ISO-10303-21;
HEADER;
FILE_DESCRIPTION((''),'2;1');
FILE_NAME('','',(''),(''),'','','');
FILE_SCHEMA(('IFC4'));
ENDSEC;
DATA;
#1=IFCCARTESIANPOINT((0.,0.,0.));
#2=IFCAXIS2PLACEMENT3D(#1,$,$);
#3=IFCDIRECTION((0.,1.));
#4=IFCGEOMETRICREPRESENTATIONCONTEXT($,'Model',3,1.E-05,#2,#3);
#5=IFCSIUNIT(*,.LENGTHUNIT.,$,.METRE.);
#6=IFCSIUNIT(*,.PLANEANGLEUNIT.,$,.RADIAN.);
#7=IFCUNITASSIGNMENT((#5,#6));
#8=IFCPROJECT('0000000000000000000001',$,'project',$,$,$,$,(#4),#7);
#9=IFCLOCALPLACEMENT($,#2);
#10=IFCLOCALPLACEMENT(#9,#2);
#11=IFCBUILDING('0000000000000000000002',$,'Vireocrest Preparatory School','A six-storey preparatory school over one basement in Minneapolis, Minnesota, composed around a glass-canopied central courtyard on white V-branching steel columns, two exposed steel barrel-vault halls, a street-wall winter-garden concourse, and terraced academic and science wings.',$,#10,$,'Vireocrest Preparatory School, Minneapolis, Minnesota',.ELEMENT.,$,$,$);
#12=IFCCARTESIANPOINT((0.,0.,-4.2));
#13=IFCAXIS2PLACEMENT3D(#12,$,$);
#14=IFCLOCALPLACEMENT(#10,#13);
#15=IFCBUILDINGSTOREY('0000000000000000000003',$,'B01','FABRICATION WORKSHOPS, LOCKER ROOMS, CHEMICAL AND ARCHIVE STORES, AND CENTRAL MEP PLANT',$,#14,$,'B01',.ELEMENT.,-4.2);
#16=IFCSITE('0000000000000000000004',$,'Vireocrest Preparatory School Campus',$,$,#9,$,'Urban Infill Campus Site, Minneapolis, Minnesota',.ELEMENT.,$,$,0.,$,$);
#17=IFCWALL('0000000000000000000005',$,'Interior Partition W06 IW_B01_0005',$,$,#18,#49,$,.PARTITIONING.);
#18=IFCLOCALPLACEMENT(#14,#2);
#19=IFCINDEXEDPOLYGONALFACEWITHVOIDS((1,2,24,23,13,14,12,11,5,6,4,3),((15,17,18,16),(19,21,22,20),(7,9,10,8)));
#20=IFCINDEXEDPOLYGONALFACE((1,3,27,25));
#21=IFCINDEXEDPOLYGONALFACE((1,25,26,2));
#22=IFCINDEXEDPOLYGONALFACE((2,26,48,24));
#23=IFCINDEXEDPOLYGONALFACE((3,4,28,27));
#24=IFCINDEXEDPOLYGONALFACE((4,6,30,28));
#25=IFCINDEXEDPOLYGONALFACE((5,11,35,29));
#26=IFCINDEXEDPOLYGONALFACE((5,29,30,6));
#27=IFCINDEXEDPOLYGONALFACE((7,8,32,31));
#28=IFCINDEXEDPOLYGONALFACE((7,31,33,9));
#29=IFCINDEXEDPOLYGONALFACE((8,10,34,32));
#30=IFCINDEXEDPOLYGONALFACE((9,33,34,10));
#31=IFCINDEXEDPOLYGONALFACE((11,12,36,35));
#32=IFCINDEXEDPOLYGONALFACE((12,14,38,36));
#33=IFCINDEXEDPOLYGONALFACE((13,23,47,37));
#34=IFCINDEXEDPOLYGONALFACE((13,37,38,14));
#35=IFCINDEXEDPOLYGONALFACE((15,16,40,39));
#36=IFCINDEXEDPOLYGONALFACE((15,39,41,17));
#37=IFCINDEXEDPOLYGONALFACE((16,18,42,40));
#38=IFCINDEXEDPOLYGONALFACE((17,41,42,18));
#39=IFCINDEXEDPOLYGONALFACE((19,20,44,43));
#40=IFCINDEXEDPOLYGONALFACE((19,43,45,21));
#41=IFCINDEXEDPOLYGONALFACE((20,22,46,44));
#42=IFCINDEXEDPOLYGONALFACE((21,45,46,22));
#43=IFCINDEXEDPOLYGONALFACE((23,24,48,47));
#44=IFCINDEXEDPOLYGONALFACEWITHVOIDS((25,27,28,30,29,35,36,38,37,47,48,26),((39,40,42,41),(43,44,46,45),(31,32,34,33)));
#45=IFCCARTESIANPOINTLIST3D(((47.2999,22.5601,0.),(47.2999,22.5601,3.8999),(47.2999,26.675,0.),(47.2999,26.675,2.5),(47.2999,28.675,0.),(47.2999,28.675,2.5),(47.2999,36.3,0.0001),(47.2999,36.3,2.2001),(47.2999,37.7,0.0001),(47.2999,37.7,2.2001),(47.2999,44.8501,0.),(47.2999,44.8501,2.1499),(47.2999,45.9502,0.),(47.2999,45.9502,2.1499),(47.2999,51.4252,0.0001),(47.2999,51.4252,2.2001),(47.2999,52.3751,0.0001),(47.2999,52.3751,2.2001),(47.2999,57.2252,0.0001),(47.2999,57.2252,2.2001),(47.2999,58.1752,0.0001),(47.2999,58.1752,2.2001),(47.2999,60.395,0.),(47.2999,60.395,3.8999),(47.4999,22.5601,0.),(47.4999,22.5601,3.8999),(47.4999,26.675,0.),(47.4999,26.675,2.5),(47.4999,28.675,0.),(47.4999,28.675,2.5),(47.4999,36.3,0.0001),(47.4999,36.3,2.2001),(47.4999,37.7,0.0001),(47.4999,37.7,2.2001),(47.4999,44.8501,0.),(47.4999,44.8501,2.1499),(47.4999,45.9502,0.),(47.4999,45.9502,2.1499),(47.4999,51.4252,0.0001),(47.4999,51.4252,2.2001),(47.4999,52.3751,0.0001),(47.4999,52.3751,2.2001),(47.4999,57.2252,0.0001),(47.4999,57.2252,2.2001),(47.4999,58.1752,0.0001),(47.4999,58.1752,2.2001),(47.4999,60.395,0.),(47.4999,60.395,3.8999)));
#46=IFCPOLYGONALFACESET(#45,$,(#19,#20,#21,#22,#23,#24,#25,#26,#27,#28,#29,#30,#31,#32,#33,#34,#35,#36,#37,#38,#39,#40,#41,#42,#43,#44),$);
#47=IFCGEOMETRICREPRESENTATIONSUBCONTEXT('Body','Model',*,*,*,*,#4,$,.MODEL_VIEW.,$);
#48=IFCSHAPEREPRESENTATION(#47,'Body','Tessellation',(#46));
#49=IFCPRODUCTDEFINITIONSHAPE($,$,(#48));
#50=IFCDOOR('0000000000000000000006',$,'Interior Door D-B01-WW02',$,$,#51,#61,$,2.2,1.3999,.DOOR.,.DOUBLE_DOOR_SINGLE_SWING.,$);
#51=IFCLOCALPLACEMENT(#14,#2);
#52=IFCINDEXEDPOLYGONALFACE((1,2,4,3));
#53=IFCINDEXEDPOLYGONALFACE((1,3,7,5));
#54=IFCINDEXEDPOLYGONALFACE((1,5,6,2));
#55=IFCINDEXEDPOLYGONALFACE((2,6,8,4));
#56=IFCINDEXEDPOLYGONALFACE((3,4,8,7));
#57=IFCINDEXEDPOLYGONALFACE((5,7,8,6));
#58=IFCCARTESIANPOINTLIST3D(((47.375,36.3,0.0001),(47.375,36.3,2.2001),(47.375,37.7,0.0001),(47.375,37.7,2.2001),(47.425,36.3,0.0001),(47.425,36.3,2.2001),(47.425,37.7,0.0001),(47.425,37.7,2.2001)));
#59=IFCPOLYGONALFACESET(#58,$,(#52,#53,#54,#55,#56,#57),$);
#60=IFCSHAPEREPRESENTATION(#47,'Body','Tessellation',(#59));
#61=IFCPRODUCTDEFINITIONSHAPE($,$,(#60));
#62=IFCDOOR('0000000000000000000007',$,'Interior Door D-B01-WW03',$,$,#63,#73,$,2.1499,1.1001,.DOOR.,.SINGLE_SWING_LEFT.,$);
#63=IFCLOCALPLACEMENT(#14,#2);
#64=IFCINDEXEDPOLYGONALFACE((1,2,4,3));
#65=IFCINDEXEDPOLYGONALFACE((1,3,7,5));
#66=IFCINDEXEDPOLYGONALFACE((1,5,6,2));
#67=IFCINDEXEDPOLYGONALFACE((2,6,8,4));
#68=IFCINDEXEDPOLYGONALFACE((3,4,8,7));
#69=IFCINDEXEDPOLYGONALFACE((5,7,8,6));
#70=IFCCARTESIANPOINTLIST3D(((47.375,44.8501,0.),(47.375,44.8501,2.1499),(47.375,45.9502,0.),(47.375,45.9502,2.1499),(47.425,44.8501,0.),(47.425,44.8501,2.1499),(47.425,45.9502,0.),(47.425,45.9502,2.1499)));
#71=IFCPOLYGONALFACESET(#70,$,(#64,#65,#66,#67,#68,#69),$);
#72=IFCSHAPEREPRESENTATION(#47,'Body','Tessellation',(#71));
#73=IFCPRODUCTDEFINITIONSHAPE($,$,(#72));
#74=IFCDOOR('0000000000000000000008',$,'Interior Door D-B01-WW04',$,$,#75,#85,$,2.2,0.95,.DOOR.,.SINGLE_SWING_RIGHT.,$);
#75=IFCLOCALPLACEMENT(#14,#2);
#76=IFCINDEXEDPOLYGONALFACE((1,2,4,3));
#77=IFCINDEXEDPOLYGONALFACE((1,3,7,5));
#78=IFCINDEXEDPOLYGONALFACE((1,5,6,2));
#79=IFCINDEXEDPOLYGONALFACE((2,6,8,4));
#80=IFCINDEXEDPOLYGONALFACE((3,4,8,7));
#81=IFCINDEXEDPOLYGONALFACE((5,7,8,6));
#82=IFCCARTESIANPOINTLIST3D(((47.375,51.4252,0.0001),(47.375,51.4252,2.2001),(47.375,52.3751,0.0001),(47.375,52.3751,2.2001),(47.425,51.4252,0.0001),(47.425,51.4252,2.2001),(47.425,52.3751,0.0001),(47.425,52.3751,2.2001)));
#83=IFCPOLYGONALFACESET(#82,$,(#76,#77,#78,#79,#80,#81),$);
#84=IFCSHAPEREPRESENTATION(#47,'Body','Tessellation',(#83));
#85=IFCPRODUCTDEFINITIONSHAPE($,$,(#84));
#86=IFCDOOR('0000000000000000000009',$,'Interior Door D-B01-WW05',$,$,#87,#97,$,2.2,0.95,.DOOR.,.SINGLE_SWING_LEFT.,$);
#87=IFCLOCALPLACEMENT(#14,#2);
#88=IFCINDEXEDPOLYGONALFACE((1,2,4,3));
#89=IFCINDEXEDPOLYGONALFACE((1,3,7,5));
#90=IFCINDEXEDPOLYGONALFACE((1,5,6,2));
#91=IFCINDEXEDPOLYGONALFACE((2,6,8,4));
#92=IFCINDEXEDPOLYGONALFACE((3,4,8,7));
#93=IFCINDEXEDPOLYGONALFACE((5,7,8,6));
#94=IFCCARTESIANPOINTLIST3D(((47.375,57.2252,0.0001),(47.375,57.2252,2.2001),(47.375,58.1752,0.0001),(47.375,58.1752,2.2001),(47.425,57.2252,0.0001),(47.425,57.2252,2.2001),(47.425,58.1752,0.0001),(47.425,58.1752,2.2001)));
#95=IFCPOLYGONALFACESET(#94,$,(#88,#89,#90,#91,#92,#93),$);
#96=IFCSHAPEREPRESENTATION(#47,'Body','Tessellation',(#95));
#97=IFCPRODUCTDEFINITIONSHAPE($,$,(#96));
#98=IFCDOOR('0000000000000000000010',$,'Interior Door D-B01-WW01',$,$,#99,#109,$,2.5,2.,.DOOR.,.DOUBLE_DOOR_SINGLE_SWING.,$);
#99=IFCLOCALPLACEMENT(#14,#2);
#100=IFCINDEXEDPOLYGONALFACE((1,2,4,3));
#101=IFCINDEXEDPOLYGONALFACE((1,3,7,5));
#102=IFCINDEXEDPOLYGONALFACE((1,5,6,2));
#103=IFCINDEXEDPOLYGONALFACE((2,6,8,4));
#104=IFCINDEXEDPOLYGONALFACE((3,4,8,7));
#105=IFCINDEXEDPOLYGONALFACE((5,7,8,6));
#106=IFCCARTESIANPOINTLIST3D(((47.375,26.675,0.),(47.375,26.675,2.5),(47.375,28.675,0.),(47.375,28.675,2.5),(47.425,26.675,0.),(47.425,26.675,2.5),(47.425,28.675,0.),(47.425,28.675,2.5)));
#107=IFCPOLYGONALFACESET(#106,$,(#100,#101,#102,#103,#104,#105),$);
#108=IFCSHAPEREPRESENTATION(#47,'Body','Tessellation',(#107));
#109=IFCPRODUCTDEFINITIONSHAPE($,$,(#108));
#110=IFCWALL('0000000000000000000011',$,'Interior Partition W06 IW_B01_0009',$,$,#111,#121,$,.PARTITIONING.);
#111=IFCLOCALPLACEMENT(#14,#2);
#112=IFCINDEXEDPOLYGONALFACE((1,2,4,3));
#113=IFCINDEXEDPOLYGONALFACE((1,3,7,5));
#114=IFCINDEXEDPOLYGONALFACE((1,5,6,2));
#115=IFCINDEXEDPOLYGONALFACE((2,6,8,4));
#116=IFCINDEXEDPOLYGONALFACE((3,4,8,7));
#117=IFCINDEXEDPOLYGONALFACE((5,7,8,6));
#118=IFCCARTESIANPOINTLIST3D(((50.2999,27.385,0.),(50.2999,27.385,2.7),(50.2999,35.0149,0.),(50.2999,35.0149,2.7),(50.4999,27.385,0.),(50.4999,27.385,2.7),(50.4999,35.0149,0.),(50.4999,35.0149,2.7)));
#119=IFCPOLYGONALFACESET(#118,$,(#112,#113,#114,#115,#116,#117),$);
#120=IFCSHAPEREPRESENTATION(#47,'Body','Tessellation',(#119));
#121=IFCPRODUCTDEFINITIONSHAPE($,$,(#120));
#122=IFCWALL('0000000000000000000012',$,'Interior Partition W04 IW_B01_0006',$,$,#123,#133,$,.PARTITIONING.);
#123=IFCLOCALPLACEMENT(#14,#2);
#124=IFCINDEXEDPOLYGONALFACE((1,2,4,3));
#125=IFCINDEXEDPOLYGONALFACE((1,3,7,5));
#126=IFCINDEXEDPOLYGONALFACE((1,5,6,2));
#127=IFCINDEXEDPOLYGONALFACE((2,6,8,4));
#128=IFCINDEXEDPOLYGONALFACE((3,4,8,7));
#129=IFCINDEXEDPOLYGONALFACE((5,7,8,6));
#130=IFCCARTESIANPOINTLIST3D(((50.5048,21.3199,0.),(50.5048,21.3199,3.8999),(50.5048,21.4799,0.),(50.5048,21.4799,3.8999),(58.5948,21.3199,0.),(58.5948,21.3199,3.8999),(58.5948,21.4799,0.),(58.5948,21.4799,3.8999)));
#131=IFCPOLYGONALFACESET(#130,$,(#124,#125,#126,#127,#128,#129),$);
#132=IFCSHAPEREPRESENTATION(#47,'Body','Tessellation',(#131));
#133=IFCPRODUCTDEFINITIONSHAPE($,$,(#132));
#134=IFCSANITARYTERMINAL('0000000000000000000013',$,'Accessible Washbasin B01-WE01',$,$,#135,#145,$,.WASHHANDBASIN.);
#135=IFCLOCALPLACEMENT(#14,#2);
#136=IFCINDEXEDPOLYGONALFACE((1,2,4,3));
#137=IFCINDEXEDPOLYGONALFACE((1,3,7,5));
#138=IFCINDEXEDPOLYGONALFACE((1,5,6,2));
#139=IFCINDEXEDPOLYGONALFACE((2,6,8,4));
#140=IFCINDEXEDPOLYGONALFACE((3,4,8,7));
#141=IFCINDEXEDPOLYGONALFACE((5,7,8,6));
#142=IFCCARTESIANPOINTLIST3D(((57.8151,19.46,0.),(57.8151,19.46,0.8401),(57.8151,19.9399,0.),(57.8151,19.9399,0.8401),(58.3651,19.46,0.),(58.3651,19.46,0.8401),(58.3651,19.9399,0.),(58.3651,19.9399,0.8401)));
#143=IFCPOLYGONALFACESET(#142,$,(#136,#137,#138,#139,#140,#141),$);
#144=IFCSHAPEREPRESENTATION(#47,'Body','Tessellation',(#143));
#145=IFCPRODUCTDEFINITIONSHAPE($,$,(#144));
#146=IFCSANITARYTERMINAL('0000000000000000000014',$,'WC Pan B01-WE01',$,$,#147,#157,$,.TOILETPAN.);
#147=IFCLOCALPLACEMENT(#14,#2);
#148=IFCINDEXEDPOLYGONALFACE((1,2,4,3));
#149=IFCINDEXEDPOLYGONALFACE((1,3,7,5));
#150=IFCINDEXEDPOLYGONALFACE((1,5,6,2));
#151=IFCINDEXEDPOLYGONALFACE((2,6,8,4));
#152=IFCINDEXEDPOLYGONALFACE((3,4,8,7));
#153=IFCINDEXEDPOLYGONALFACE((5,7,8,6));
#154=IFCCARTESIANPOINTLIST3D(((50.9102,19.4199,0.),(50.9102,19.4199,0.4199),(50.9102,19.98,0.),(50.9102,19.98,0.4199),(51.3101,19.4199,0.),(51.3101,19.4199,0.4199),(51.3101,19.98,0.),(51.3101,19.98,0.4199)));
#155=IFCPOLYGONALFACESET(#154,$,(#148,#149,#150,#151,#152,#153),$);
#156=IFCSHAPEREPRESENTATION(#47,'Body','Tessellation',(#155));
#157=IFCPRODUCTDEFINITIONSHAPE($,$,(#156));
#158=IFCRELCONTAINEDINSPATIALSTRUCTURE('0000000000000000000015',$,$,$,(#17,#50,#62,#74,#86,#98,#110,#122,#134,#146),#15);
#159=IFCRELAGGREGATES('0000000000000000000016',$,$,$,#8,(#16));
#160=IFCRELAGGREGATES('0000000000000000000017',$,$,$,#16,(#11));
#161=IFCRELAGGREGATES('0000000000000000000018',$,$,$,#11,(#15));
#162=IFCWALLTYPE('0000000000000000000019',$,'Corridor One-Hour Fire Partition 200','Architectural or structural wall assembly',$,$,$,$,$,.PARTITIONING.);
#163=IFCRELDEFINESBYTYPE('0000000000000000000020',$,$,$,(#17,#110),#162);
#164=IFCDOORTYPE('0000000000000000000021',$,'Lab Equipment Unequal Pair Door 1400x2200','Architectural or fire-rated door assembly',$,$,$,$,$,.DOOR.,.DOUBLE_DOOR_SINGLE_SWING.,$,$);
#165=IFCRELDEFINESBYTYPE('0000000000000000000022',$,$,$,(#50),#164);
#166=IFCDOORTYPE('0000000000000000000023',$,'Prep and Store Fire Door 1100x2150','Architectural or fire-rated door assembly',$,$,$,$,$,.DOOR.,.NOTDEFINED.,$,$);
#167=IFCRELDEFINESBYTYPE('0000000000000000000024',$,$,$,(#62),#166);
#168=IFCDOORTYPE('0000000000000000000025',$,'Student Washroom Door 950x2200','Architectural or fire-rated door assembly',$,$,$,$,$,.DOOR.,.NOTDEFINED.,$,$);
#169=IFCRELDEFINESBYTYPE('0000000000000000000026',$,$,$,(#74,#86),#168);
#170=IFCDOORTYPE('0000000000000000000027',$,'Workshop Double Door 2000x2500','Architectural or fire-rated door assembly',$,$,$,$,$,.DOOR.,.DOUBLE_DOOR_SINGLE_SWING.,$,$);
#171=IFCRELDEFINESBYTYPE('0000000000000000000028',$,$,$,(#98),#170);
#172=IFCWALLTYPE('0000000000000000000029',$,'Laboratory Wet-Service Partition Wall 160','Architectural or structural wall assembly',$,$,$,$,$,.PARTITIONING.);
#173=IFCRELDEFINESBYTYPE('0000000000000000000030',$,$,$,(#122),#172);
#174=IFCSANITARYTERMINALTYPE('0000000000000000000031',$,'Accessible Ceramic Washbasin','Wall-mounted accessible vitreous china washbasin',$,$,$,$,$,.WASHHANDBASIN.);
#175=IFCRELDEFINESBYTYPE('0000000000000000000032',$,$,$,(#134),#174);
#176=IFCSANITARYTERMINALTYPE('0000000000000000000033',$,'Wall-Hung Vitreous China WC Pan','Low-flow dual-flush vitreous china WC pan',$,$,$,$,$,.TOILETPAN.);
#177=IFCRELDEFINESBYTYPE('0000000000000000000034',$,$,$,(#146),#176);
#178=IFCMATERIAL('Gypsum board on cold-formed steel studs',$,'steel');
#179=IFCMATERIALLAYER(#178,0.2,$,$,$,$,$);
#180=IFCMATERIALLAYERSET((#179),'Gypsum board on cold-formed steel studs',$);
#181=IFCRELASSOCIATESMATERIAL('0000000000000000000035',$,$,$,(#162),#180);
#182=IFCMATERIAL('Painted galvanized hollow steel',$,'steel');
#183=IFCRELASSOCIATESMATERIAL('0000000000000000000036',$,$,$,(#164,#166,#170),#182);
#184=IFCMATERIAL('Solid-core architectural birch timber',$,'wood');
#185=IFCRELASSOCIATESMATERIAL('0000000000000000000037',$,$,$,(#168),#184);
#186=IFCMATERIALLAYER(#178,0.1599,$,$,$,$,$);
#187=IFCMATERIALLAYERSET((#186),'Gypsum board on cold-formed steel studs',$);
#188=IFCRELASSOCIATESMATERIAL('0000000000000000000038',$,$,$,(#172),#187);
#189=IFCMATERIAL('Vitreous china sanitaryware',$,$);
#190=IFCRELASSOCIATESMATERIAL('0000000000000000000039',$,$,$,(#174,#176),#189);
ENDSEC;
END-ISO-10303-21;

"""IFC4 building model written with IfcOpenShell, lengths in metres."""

from ifc_helpers import new_model, si_unit, direction, frame, frame_2d, origin, origin_2d, place, context, subcontext, project, spatial, rectangle, extrude, material, layer, layer_set, type_object, element, fill, save


model = new_model("IFC4")

# Units and contexts
model_context = context("Model", 3, precision=1e-05, world=origin(), true_north=direction((0.0, 1.0)))
body_context = subcontext(model_context, "Body", "Model", "MODEL_VIEW")
ifc_project = project(units=[si_unit("LENGTHUNIT", "METRE"), si_unit("PLANEANGLEUNIT", "RADIAN")], contexts=[model_context])

# Site, building, storey
site_placement = place(None, origin())
site = spatial("IfcSite", under=ifc_project, at=site_placement, Name="Vireocrest Preparatory School Campus", LongName="Urban Infill Campus Site, Minneapolis, Minnesota", CompositionType="ELEMENT", RefElevation=0.0)
building_placement = place(site_placement, origin())
building = spatial("IfcBuilding", under=site, at=building_placement, Name="Vireocrest Preparatory School", Description="A six-storey preparatory school over one basement in Minneapolis, Minnesota, composed around a glass-canopied central courtyard on white V-branching steel columns, two exposed steel barrel-vault halls, a street-wall winter-garden concourse, and terraced academic and science wings.", LongName="Vireocrest Preparatory School, Minneapolis, Minnesota", CompositionType="ELEMENT")
storey_placement = place(building_placement, frame((0.0, 0.0, -4.2)))
storey = spatial("IfcBuildingStorey", under=building, at=storey_placement, Name="B01", Description="FABRICATION WORKSHOPS, LOCKER ROOMS, CHEMICAL AND ARCHIVE STORES, AND CENTRAL MEP PLANT", LongName="B01", CompositionType="ELEMENT", Elevation=-4.2)

# Wall, openings, doors
ifc_material_1 = material(Name="Gypsum board on cold-formed steel studs", Category="steel")
ifc_layer_1 = layer(ifc_material_1, 0.2)
ifc_layer_set_1 = layer_set([ifc_layer_1], Name="Gypsum board on cold-formed steel studs")
wall_type_1 = type_object("IfcWallType", Name="Corridor One-Hour Fire Partition 200", Description="Architectural or structural wall assembly", PredefinedType="PARTITIONING", material=ifc_layer_set_1)
wall_1_placement = place(storey_placement, frame((47.3999, 22.5601, 0.0), z_axis=(0.0, 0.0, 1.0), x_axis=(0.0, 1.0, 0.0)))
wall_1 = element("IfcWall", 1, at=wall_1_placement, inside=storey, type_object=wall_type_1, Name="Interior Partition W06 IW_B01_0005", PredefinedType="PARTITIONING", context=body_context, shape_type="SweptSolid", body=[
    extrude(rectangle(XDim=37.835, YDim=0.2, at=frame_2d((18.9175, 0.0))), origin(), (0.0, 0.0, 1.0), 3.8999),
])
opening_1_placement = place(wall_1_placement, frame((4.115, 0.0, 0.0)))
opening_1 = element("IfcOpeningElement", 2, at=opening_1_placement, cuts=wall_1, PredefinedType="OPENING", context=body_context, shape_type="SweptSolid", body=[
    extrude(rectangle(XDim=2.0, YDim=2.5, at=frame_2d((1.0, 1.25))), frame((0.0, 0.1099, 0.0), z_axis=(0.0, -1.0, 0.0), x_axis=(1.0, 0.0, 0.0)), (0.0, 0.0, 1.0), 0.22),
])
opening_2_placement = place(wall_1_placement, frame((13.74, 0.0, 0.0)))
opening_2 = element("IfcOpeningElement", 3, at=opening_2_placement, cuts=wall_1, PredefinedType="OPENING", context=body_context, shape_type="SweptSolid", body=[
    extrude(rectangle(XDim=1.3999, YDim=2.2, at=frame_2d((0.7, 1.1001))), frame((0.0, 0.1099, 0.0), z_axis=(0.0, -1.0, 0.0), x_axis=(1.0, 0.0, 0.0)), (0.0, 0.0, 1.0), 0.22),
])
opening_3_placement = place(wall_1_placement, frame((22.29, 0.0, 0.0)))
opening_3 = element("IfcOpeningElement", 4, at=opening_3_placement, cuts=wall_1, PredefinedType="OPENING", context=body_context, shape_type="SweptSolid", body=[
    extrude(rectangle(XDim=1.1001, YDim=2.1499, at=frame_2d((0.55, 1.075))), frame((0.0, 0.1099, 0.0), z_axis=(0.0, -1.0, 0.0), x_axis=(1.0, 0.0, 0.0)), (0.0, 0.0, 1.0), 0.22),
])
opening_4_placement = place(wall_1_placement, frame((28.865, 0.0, 0.0)))
opening_4 = element("IfcOpeningElement", 5, at=opening_4_placement, cuts=wall_1, PredefinedType="OPENING", context=body_context, shape_type="SweptSolid", body=[
    extrude(rectangle(XDim=0.95, YDim=2.2, at=frame_2d((0.4751, 1.1001))), frame((0.0, 0.1099, 0.0), z_axis=(0.0, -1.0, 0.0), x_axis=(1.0, 0.0, 0.0)), (0.0, 0.0, 1.0), 0.22),
])
opening_5_placement = place(wall_1_placement, frame((34.665, 0.0, 0.0)))
opening_5 = element("IfcOpeningElement", 6, at=opening_5_placement, cuts=wall_1, PredefinedType="OPENING", context=body_context, shape_type="SweptSolid", body=[
    extrude(rectangle(XDim=0.95, YDim=2.2, at=frame_2d((0.4751, 1.1001))), frame((0.0, 0.1099, 0.0), z_axis=(0.0, -1.0, 0.0), x_axis=(1.0, 0.0, 0.0)), (0.0, 0.0, 1.0), 0.22),
])
ifc_material_2 = material(Name="Painted galvanized hollow steel", Category="steel")
door_type_1 = type_object("IfcDoorType", Name="Lab Equipment Unequal Pair Door 1400x2200", Description="Architectural or fire-rated door assembly", OperationType="DOUBLE_DOOR_SINGLE_SWING", PredefinedType="DOOR", material=ifc_material_2)
door_1_placement = place(opening_2_placement, origin())
door_1 = element("IfcDoor", 7, at=door_1_placement, inside=storey, type_object=door_type_1, Name="Interior Door D-B01-WW02", OperationType="DOUBLE_DOOR_SINGLE_SWING", OverallHeight=2.2, OverallWidth=1.3999, PredefinedType="DOOR", context=body_context, shape_type="SweptSolid", body=[
    extrude(rectangle(XDim=1.3999, YDim=2.2, at=frame_2d((0.7, 1.1001))), frame((0.0, 0.0249, 0.0), z_axis=(0.0, -1.0, 0.0), x_axis=(1.0, 0.0, 0.0)), (0.0, 0.0, 1.0), 0.05),
])
fill(opening_2, door_1)
door_type_2 = type_object("IfcDoorType", Name="Prep and Store Fire Door 1100x2150", Description="Architectural or fire-rated door assembly", OperationType="NOTDEFINED", PredefinedType="DOOR", material=ifc_material_2)
door_2_placement = place(opening_3_placement, origin())
door_2 = element("IfcDoor", 8, at=door_2_placement, inside=storey, type_object=door_type_2, Name="Interior Door D-B01-WW03", OperationType="SINGLE_SWING_LEFT", OverallHeight=2.1499, OverallWidth=1.1001, PredefinedType="DOOR", context=body_context, shape_type="SweptSolid", body=[
    extrude(rectangle(XDim=1.1001, YDim=2.1499, at=frame_2d((0.55, 1.075))), frame((0.0, 0.0249, 0.0), z_axis=(0.0, -1.0, 0.0), x_axis=(1.0, 0.0, 0.0)), (0.0, 0.0, 1.0), 0.05),
])
fill(opening_3, door_2)
ifc_material_3 = material(Name="Solid-core architectural birch timber", Category="wood")
door_type_3 = type_object("IfcDoorType", Name="Student Washroom Door 950x2200", Description="Architectural or fire-rated door assembly", OperationType="NOTDEFINED", PredefinedType="DOOR", material=ifc_material_3)
door_3_placement = place(opening_4_placement, origin())
door_3 = element("IfcDoor", 9, at=door_3_placement, inside=storey, type_object=door_type_3, Name="Interior Door D-B01-WW04", OperationType="SINGLE_SWING_RIGHT", OverallHeight=2.2, OverallWidth=0.95, PredefinedType="DOOR", context=body_context, shape_type="SweptSolid", body=[
    extrude(rectangle(XDim=0.95, YDim=2.2, at=frame_2d((0.4751, 1.1001))), frame((0.0, 0.0249, 0.0), z_axis=(0.0, -1.0, 0.0), x_axis=(1.0, 0.0, 0.0)), (0.0, 0.0, 1.0), 0.05),
])
fill(opening_4, door_3)
door_4_placement = place(opening_5_placement, origin())
door_4 = element("IfcDoor", 10, at=door_4_placement, inside=storey, type_object=door_type_3, Name="Interior Door D-B01-WW05", OperationType="SINGLE_SWING_LEFT", OverallHeight=2.2, OverallWidth=0.95, PredefinedType="DOOR", context=body_context, shape_type="SweptSolid", body=[
    extrude(rectangle(XDim=0.95, YDim=2.2, at=frame_2d((0.4751, 1.1001))), frame((0.0, 0.0249, 0.0), z_axis=(0.0, -1.0, 0.0), x_axis=(1.0, 0.0, 0.0)), (0.0, 0.0, 1.0), 0.05),
])
fill(opening_5, door_4)
door_type_4 = type_object("IfcDoorType", Name="Workshop Double Door 2000x2500", Description="Architectural or fire-rated door assembly", OperationType="DOUBLE_DOOR_SINGLE_SWING", PredefinedType="DOOR", material=ifc_material_2)
door_5_placement = place(opening_1_placement, origin())
door_5 = element("IfcDoor", 11, at=door_5_placement, inside=storey, type_object=door_type_4, Name="Interior Door D-B01-WW01", OperationType="DOUBLE_DOOR_SINGLE_SWING", OverallHeight=2.5, OverallWidth=2.0, PredefinedType="DOOR", context=body_context, shape_type="SweptSolid", body=[
    extrude(rectangle(XDim=2.0, YDim=2.5, at=frame_2d((1.0, 1.25))), frame((0.0, 0.0249, 0.0), z_axis=(0.0, -1.0, 0.0), x_axis=(1.0, 0.0, 0.0)), (0.0, 0.0, 1.0), 0.05),
])
fill(opening_1, door_5)

# Walls
wall_2_placement = place(storey_placement, frame((50.3999, 27.385, 0.0), z_axis=(0.0, 0.0, 1.0), x_axis=(0.0, 1.0, 0.0)))
element("IfcWall", 12, at=wall_2_placement, inside=storey, type_object=wall_type_1, Name="Interior Partition W06 IW_B01_0009", PredefinedType="PARTITIONING", context=body_context, shape_type="SweptSolid", body=[
    extrude(rectangle(XDim=7.6299, YDim=0.2, at=frame_2d((3.8149, 0.0))), origin(), (0.0, 0.0, 1.0), 2.7),
])
ifc_layer_2 = layer(ifc_material_1, 0.1599)
ifc_layer_set_2 = layer_set([ifc_layer_2], Name="Gypsum board on cold-formed steel studs")
wall_type_2 = type_object("IfcWallType", Name="Laboratory Wet-Service Partition Wall 160", Description="Architectural or structural wall assembly", PredefinedType="PARTITIONING", material=ifc_layer_set_2)
wall_3_placement = place(storey_placement, frame((50.5049, 21.3999, 0.0), z_axis=(0.0, 0.0, 1.0), x_axis=(1.0, 0.0, 0.0)))
element("IfcWall", 13, at=wall_3_placement, inside=storey, type_object=wall_type_2, Name="Interior Partition W04 IW_B01_0006", PredefinedType="PARTITIONING", context=body_context, shape_type="SweptSolid", body=[
    extrude(rectangle(XDim=8.0901, YDim=0.1599, at=frame_2d((4.0449, 0.0))), origin(), (0.0, 0.0, 1.0), 3.8999),
])

# Sanitary terminals
ifc_material_4 = material(Name="Vitreous china sanitaryware")
sanitary_terminal_type_1 = type_object("IfcSanitaryTerminalType", Name="Accessible Ceramic Washbasin", Description="Wall-mounted accessible vitreous china washbasin", PredefinedType="WASHHANDBASIN", material=ifc_material_4)
sanitary_terminal_1_placement = place(storey_placement, frame((58.0901, 19.7, 0.0), z_axis=(0.0, 0.0, 1.0), x_axis=(1.0, 0.0, 0.0)))
element("IfcSanitaryTerminal", 14, at=sanitary_terminal_1_placement, inside=storey, type_object=sanitary_terminal_type_1, Name="Accessible Washbasin B01-WE01", PredefinedType="WASHHANDBASIN", context=body_context, shape_type="SweptSolid", body=[
    extrude(rectangle(XDim=0.55, YDim=0.48, at=origin_2d()), origin(), (0.0, 0.0, 1.0), 0.8401),
])
sanitary_terminal_type_2 = type_object("IfcSanitaryTerminalType", Name="Wall-Hung Vitreous China WC Pan", Description="Low-flow dual-flush vitreous china WC pan", PredefinedType="TOILETPAN", material=ifc_material_4)
sanitary_terminal_2_placement = place(storey_placement, frame((51.1101, 19.7, 0.0), z_axis=(0.0, 0.0, 1.0), x_axis=(1.0, 0.0, 0.0)))
element("IfcSanitaryTerminal", 15, at=sanitary_terminal_2_placement, inside=storey, type_object=sanitary_terminal_type_2, Name="WC Pan B01-WE01", PredefinedType="TOILETPAN", context=body_context, shape_type="SweptSolid", body=[
    extrude(rectangle(XDim=0.3999, YDim=0.5601, at=origin_2d()), origin(), (0.0, 0.0, 1.0), 0.4199),
])

save(model, "model.ifc")
